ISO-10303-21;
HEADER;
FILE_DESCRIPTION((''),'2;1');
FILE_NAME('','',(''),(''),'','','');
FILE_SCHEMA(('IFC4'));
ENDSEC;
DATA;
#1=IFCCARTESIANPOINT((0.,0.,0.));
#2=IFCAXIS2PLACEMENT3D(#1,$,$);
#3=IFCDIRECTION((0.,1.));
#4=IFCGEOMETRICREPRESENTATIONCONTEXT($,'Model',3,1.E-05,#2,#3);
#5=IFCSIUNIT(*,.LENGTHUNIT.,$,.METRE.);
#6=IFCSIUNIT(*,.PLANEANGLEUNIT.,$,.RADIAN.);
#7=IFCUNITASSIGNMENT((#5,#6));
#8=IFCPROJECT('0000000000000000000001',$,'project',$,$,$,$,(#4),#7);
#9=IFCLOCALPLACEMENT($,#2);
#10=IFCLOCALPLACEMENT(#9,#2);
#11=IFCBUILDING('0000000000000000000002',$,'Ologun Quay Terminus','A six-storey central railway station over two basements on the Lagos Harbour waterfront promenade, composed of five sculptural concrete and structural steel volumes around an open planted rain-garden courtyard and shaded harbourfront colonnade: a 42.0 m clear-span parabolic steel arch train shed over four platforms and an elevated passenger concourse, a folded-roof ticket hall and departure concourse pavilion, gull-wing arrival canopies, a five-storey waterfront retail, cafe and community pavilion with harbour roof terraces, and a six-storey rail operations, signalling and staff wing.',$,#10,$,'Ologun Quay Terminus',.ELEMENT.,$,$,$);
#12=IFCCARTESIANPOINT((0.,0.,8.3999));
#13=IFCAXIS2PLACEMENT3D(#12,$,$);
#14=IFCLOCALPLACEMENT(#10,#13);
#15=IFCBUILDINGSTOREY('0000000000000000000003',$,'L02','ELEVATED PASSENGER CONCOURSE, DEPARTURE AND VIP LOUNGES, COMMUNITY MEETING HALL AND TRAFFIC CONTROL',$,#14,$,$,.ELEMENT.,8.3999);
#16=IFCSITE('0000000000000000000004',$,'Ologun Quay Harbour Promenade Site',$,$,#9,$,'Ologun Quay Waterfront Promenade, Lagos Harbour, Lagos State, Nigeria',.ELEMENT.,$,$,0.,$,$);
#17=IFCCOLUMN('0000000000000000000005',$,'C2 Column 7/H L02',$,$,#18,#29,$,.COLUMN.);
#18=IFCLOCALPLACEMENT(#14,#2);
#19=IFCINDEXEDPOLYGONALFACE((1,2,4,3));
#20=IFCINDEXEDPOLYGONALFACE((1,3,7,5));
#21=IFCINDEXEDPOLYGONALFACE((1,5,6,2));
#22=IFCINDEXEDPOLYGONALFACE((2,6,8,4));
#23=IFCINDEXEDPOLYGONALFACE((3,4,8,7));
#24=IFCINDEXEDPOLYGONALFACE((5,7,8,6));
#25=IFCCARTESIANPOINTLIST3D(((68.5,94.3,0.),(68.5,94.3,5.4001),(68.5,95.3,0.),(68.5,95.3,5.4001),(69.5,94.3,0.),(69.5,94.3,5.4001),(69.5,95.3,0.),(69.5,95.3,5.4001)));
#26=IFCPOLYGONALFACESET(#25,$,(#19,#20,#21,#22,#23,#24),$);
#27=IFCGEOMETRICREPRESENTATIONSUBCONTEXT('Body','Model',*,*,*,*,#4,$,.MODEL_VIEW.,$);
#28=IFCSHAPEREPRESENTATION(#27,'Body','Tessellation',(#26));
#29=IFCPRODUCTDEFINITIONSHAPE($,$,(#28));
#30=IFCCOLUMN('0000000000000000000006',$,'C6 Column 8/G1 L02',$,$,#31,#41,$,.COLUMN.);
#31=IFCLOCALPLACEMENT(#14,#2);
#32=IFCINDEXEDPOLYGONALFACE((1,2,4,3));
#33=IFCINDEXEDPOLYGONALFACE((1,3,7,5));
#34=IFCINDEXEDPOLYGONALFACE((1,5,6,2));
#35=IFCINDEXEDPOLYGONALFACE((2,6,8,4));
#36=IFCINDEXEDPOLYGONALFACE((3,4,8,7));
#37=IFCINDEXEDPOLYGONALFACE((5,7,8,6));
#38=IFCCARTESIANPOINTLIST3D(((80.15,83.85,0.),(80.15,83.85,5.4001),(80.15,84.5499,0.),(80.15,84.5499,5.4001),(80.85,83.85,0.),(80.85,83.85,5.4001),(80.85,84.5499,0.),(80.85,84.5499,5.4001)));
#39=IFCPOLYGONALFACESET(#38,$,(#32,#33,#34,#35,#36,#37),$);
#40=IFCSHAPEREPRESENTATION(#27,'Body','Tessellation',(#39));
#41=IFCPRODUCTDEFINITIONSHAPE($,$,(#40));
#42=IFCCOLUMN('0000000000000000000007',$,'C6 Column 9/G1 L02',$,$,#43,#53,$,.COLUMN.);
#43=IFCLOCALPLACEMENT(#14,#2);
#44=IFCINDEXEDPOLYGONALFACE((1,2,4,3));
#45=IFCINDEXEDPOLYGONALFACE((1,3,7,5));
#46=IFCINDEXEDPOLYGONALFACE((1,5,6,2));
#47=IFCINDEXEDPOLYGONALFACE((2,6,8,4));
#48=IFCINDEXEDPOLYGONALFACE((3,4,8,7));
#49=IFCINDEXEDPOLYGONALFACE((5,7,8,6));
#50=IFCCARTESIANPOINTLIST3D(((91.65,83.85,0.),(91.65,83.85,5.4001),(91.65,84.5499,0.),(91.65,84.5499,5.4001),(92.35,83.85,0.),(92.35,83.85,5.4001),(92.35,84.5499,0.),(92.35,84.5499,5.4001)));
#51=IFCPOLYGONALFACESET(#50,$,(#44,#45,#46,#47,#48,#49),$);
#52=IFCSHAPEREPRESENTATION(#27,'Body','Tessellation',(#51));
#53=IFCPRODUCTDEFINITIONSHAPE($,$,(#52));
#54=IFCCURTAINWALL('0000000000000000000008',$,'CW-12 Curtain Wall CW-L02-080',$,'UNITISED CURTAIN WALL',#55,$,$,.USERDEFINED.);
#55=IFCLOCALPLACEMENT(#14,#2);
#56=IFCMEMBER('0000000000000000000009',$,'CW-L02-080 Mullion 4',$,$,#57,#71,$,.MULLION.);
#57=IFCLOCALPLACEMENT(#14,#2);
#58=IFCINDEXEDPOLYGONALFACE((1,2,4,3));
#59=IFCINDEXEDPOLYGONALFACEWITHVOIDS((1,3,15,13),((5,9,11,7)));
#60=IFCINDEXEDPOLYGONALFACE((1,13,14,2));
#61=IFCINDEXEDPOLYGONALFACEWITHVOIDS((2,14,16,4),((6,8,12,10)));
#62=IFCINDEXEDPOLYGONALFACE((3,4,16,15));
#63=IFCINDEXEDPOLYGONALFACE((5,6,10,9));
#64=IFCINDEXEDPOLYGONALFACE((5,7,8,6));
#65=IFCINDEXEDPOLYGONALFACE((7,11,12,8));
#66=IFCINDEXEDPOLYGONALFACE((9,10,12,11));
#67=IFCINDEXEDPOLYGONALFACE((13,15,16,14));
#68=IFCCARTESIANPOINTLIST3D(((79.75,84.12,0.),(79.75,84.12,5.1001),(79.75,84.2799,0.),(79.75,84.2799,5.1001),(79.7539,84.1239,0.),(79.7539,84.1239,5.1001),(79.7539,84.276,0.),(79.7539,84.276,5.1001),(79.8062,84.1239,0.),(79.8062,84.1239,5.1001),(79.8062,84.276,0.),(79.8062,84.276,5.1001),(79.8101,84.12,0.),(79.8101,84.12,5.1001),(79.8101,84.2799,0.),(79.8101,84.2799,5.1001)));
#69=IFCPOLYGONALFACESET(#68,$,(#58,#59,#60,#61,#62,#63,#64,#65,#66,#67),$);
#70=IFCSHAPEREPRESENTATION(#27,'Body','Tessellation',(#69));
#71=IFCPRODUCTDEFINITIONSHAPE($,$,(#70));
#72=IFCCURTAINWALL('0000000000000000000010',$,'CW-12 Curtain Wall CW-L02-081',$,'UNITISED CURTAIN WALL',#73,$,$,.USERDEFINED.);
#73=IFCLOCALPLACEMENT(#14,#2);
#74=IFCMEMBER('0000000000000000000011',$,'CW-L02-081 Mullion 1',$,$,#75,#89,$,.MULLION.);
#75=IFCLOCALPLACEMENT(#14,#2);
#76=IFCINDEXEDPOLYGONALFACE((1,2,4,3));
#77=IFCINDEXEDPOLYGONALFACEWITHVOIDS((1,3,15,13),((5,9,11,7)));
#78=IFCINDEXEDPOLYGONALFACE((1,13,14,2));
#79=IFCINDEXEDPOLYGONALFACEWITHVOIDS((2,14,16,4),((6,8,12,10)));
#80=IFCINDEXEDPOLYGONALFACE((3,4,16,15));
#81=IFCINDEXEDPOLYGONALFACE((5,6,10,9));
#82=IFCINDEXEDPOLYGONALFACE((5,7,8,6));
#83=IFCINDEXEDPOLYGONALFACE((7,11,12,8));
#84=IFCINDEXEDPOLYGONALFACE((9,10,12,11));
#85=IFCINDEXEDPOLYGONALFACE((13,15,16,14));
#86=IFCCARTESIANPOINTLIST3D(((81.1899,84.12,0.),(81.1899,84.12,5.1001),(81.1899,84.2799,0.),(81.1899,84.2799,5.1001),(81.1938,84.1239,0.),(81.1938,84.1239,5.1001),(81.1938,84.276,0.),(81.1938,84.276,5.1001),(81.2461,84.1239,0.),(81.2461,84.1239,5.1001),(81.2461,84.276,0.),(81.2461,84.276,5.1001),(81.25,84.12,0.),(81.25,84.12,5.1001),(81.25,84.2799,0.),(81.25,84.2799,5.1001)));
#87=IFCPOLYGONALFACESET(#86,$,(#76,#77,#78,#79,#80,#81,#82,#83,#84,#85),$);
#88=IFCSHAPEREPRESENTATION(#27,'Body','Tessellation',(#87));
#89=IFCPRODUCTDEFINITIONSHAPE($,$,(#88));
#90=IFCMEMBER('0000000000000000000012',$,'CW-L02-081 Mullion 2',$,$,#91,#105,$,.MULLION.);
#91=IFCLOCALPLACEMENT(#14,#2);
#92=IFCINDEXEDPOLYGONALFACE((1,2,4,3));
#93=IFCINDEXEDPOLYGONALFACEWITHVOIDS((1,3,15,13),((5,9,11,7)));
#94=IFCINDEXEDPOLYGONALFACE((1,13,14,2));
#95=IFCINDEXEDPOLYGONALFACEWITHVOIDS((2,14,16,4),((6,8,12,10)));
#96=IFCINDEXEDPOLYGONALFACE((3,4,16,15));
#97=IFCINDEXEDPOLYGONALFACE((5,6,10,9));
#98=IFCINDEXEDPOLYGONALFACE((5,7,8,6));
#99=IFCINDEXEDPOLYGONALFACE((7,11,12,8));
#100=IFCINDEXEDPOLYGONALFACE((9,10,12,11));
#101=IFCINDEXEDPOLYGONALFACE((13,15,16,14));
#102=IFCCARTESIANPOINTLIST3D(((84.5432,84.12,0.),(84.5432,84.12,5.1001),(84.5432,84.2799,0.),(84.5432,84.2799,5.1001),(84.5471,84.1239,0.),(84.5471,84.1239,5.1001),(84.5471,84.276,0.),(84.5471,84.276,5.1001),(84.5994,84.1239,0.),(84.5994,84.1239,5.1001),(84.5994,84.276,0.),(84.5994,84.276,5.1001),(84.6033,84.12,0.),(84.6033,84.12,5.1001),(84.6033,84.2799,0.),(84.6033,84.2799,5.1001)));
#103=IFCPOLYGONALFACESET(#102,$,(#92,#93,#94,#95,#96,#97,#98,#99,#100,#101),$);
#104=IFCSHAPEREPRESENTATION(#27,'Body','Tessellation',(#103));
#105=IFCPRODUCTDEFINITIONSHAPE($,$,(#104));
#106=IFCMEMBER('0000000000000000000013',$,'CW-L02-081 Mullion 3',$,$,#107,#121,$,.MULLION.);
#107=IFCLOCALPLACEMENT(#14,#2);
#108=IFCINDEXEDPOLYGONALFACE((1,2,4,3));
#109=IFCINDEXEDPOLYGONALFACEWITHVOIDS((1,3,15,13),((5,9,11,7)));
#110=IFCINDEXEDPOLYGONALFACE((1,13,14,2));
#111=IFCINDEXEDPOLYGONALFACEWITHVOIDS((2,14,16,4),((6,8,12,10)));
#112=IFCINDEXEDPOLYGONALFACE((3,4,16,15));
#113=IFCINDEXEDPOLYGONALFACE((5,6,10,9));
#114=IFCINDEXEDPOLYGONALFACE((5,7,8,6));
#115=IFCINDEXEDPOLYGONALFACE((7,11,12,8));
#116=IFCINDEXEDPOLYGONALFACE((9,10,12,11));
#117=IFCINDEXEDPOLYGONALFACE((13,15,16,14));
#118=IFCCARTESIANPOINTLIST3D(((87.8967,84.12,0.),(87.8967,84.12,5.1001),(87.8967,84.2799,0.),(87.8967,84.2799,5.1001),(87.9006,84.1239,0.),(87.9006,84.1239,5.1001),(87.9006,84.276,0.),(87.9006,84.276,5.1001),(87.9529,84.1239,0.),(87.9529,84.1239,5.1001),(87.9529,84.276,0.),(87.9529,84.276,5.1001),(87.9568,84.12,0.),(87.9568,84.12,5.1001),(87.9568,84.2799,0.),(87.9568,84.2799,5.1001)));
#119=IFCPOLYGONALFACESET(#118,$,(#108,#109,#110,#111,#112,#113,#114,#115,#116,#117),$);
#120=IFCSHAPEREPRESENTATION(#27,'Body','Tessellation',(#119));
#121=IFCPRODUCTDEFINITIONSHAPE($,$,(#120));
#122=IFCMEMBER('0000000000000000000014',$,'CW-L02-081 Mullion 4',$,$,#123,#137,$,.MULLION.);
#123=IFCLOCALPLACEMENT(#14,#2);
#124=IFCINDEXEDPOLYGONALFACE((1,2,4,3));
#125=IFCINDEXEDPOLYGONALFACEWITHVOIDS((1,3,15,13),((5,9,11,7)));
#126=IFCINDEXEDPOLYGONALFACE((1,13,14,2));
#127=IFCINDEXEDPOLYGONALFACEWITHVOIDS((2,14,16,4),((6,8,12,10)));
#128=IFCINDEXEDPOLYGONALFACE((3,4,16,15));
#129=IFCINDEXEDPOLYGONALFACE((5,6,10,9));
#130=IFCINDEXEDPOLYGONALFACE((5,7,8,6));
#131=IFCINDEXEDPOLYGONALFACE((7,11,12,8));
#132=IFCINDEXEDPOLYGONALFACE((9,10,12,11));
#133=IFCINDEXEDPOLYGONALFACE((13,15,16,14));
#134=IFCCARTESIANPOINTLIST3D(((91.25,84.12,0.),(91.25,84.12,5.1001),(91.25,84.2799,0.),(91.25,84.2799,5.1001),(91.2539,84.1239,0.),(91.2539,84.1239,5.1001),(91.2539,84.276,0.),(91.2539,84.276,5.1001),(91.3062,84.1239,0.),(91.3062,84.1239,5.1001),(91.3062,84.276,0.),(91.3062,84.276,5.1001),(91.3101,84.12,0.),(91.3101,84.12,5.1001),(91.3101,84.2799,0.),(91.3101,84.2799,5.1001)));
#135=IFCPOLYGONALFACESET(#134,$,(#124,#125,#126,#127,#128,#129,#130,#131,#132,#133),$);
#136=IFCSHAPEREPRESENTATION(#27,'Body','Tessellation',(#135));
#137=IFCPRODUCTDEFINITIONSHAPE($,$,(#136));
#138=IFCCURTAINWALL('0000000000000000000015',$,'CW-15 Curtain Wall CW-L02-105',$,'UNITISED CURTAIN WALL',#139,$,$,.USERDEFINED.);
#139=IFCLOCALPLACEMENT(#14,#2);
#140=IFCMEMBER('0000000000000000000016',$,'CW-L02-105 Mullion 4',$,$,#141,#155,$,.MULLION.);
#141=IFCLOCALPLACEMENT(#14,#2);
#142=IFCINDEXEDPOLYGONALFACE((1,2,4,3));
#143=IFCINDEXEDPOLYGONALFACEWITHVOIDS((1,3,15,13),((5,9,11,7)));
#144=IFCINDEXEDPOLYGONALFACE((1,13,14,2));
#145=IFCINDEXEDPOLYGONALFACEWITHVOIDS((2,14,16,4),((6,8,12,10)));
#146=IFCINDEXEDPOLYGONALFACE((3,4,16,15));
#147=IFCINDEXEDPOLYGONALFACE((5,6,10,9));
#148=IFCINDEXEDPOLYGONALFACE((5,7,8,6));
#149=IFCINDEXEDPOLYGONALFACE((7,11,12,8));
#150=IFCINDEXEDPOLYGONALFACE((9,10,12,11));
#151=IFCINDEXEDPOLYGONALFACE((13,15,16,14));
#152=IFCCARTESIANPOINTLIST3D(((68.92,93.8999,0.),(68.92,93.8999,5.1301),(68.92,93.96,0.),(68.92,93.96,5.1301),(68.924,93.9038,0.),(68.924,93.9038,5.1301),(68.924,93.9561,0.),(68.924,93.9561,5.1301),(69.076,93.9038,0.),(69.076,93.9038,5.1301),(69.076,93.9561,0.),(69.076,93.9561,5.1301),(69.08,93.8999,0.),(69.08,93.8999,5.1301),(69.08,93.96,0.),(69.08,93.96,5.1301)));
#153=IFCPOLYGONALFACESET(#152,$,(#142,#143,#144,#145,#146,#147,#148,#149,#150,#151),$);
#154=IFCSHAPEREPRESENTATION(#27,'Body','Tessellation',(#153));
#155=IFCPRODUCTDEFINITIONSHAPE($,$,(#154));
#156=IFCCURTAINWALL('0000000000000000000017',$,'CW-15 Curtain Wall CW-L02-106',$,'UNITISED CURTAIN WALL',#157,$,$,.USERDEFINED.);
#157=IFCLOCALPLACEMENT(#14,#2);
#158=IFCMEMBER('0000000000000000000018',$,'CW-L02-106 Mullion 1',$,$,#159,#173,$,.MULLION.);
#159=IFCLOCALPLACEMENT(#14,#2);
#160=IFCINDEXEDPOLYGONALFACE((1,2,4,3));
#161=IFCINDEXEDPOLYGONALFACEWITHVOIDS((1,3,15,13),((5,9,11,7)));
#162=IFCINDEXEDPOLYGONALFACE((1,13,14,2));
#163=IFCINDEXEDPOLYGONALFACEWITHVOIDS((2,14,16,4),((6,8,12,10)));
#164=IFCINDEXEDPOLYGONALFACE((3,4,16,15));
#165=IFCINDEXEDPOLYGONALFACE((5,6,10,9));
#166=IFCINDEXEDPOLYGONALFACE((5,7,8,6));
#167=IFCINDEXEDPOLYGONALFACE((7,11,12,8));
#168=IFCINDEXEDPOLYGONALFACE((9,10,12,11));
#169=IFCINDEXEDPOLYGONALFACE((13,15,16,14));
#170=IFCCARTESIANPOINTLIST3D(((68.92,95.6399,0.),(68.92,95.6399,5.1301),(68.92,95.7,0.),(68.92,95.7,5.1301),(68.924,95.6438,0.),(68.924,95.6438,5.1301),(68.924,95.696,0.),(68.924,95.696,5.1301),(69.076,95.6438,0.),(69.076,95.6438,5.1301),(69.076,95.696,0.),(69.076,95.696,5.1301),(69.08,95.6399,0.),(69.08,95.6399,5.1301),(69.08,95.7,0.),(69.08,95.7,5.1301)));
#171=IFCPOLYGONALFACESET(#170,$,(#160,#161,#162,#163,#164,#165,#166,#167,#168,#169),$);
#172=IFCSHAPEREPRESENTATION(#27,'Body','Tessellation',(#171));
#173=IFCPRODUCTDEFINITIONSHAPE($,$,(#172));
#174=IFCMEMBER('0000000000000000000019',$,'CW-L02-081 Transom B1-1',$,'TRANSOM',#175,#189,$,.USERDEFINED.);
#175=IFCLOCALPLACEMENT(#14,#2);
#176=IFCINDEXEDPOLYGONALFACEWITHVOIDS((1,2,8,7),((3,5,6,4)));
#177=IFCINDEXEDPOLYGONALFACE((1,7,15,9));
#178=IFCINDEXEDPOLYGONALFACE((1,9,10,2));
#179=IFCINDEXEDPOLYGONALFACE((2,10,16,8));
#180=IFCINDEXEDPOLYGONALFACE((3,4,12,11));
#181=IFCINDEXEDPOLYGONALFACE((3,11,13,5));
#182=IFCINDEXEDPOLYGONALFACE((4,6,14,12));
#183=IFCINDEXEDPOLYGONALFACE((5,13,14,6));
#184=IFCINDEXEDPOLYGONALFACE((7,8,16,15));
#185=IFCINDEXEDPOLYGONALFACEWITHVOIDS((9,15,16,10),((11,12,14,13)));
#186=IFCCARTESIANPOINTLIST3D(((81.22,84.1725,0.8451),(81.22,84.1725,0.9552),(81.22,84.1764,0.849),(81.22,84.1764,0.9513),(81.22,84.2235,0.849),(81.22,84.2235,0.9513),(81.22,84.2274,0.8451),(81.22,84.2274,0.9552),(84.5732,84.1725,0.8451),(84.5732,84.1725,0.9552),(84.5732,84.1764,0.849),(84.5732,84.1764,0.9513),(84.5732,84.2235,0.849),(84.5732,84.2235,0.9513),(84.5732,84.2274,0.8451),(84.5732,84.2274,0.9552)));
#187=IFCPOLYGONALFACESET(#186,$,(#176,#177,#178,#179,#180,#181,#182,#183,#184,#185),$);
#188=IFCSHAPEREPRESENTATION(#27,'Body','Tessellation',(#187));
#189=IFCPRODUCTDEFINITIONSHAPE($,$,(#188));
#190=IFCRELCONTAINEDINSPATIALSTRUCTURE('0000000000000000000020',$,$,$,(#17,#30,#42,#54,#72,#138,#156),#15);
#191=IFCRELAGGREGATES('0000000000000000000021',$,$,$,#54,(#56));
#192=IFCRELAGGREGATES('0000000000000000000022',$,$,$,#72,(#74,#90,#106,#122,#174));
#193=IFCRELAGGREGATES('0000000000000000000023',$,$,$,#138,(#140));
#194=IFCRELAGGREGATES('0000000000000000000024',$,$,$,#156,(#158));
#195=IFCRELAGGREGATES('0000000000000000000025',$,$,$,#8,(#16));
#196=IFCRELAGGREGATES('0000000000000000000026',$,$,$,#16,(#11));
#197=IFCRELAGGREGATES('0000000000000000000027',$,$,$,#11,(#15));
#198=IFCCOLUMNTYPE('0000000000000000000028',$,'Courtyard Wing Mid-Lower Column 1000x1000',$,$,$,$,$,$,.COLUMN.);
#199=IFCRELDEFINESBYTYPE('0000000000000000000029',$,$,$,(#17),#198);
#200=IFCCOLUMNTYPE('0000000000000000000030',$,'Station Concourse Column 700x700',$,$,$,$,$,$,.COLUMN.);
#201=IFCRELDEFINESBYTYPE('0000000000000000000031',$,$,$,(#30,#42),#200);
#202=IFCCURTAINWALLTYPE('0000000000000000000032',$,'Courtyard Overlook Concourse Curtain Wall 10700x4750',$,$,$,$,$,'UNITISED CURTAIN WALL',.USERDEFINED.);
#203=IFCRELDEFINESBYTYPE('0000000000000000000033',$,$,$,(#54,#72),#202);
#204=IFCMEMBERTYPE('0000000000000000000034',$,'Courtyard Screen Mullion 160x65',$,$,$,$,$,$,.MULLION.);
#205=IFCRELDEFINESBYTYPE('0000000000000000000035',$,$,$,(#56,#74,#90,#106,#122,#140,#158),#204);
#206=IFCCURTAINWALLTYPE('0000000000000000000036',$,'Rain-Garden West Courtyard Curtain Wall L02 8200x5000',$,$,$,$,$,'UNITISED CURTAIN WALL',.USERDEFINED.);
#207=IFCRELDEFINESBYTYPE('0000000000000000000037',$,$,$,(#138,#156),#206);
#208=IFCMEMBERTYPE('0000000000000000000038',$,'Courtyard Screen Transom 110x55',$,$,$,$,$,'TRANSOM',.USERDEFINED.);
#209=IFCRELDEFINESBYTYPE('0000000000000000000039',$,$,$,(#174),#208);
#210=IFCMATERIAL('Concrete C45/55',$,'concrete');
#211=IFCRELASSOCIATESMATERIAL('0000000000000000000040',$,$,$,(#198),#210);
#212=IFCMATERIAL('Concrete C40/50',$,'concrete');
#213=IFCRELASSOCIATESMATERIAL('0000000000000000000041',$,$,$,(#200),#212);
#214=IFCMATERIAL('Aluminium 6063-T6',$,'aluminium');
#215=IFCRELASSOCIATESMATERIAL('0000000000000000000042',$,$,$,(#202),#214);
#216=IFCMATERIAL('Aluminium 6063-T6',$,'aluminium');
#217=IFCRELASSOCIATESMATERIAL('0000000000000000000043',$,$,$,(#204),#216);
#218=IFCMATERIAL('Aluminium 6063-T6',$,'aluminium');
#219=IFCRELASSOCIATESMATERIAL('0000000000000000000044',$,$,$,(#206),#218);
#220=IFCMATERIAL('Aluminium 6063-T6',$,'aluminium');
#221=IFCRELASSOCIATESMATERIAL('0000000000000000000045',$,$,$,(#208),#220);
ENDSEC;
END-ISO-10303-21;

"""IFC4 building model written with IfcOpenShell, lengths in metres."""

from ifc_helpers import new_model, si_unit, direction, frame, origin, origin_2d, place, context, subcontext, project, spatial, rectangle, hollow_rectangle, extrude, material, material_profile, profile_set, type_object, element, aggregate, save


model = new_model("IFC4")

# Units and contexts
model_context = context("Model", 3, precision=1e-05, world=origin(), true_north=direction((0.0, 1.0)))
body_context = subcontext(model_context, "Body", "Model", "MODEL_VIEW")
ifc_project = project(units=[si_unit("LENGTHUNIT", "METRE"), si_unit("PLANEANGLEUNIT", "RADIAN")], contexts=[model_context])

# Site, building, storey
site_placement = place(None, origin())
site = spatial("IfcSite", under=ifc_project, at=site_placement, Name="Ologun Quay Harbour Promenade Site", LongName="Ologun Quay Waterfront Promenade, Lagos Harbour, Lagos State, Nigeria", CompositionType="ELEMENT", RefElevation=0.0)
building_placement = place(site_placement, origin())
building = spatial("IfcBuilding", under=site, at=building_placement, Name="Ologun Quay Terminus", Description="A six-storey central railway station over two basements on the Lagos Harbour waterfront promenade, composed of five sculptural concrete and structural steel volumes around an open planted rain-garden courtyard and shaded harbourfront colonnade: a 42.0 m clear-span parabolic steel arch train shed over four platforms and an elevated passenger concourse, a folded-roof ticket hall and departure concourse pavilion, gull-wing arrival canopies, a five-storey waterfront retail, cafe and community pavilion with harbour roof terraces, and a six-storey rail operations, signalling and staff wing.", LongName="Ologun Quay Terminus", CompositionType="ELEMENT")
storey_placement = place(building_placement, frame((0.0, 0.0, 8.3999)))
storey = spatial("IfcBuildingStorey", under=building, at=storey_placement, Name="L02", Description="ELEVATED PASSENGER CONCOURSE, DEPARTURE AND VIP LOUNGES, COMMUNITY MEETING HALL AND TRAFFIC CONTROL", CompositionType="ELEMENT", Elevation=8.3999)

# Columns
ifc_material_1 = material(Name="Concrete C45/55", Category="concrete")
ifc_material_profile_1 = material_profile(ifc_material_1, rectangle(XDim=1.0, YDim=1.0, at=origin_2d()), Name="RC 1000x1000")
ifc_profile_set_1 = profile_set([ifc_material_profile_1], Name="Concrete C45/55")
column_type_1 = type_object("IfcColumnType", Name="Courtyard Wing Mid-Lower Column 1000x1000", PredefinedType="COLUMN", material=ifc_profile_set_1)
column_placement = place(storey_placement, frame((69.0, 94.8, 0.0), z_axis=(0.0, 0.0, 1.0), x_axis=(1.0, 0.0, 0.0)))
element("IfcColumn", 1, at=column_placement, inside=storey, type_object=column_type_1, Name="C2 Column 7/H L02", PredefinedType="COLUMN", context=body_context, shape_type="SweptSolid", body=[
    extrude(rectangle(XDim=1.0, YDim=1.0, at=origin_2d()), origin(), (0.0, 0.0, 1.0), 5.4001),
])
ifc_material_2 = material(Name="Concrete C40/50", Category="concrete")
ifc_material_profile_2 = material_profile(ifc_material_2, rectangle(XDim=0.7, YDim=0.7, at=origin_2d()), Name="RC 700x700")
ifc_profile_set_2 = profile_set([ifc_material_profile_2], Name="Concrete C40/50")
column_type_2 = type_object("IfcColumnType", Name="Station Concourse Column 700x700", PredefinedType="COLUMN", material=ifc_profile_set_2)
for number, where, z_axis, x_axis, name in (
    (2, (80.5, 84.2, 0.0), (0.0, 0.0, 1.0), (1.0, 0.0, 0.0), "C6 Column 8/G1 L02"),
    (3, (92.0, 84.2, 0.0), (0.0, 0.0, 1.0), (1.0, 0.0, 0.0), "C6 Column 9/G1 L02"),
):
    element("IfcColumn", number, at=place(storey_placement, frame(where, z_axis=z_axis, x_axis=x_axis)), inside=storey, type_object=column_type_2, Name=name, PredefinedType="COLUMN", context=body_context, shape_type="SweptSolid", body=[
        extrude(rectangle(XDim=0.7, YDim=0.7, at=origin_2d()), origin(), (0.0, 0.0, 1.0), 5.4001),
    ])

# Curtain wall, member
ifc_material_3 = material(Name="Aluminium 6063-T6", Category="aluminium")
curtain_wall_type_1 = type_object("IfcCurtainWallType", Name="Courtyard Overlook Concourse Curtain Wall 10700x4750", ElementType="UNITISED CURTAIN WALL", PredefinedType="USERDEFINED", material=ifc_material_3)
curtain_wall_1_placement = place(storey_placement, origin())
curtain_wall_1 = element("IfcCurtainWall", 4, at=curtain_wall_1_placement, inside=storey, type_object=curtain_wall_type_1, Name="CW-12 Curtain Wall CW-L02-080", ObjectType="UNITISED CURTAIN WALL", PredefinedType="USERDEFINED")
ifc_material_4 = material(Name="Aluminium 6063-T6", Category="aluminium")
ifc_material_profile_3 = material_profile(ifc_material_4, hollow_rectangle(XDim=0.0601, YDim=0.1599, WallThickness=0.0039, at=origin_2d()), Name="ALU 160x60x4")
ifc_profile_set_3 = profile_set([ifc_material_profile_3], Name="Aluminium 6063-T6")
member_type_1 = type_object("IfcMemberType", Name="Courtyard Screen Mullion 160x65", PredefinedType="MULLION", material=ifc_profile_set_3)
member_1_placement = place(storey_placement, frame((79.78, 84.2, 0.0), z_axis=(0.0, 0.0, 1.0), x_axis=(1.0, 0.0, 0.0)))
member_1 = element("IfcMember", 5, at=member_1_placement, type_object=member_type_1, Name="CW-L02-080 Mullion 4", PredefinedType="MULLION", context=body_context, shape_type="SweptSolid", body=[
    extrude(hollow_rectangle(XDim=0.0601, YDim=0.1599, WallThickness=0.0039, at=origin_2d()), origin(), (0.0, 0.0, 1.0), 5.1001),
])
aggregate(curtain_wall_1, [member_1])

# Curtain wall, members
curtain_wall_2_placement = place(storey_placement, origin())
curtain_wall_2 = element("IfcCurtainWall", 6, at=curtain_wall_2_placement, inside=storey, type_object=curtain_wall_type_1, Name="CW-12 Curtain Wall CW-L02-081", ObjectType="UNITISED CURTAIN WALL", PredefinedType="USERDEFINED")
member_2_placement = place(storey_placement, frame((81.22, 84.2, 0.0), z_axis=(0.0, 0.0, 1.0), x_axis=(1.0, 0.0, 0.0)))
member_2 = element("IfcMember", 7, at=member_2_placement, type_object=member_type_1, Name="CW-L02-081 Mullion 1", PredefinedType="MULLION", context=body_context, shape_type="SweptSolid", body=[
    extrude(hollow_rectangle(XDim=0.0601, YDim=0.1599, WallThickness=0.0039, at=origin_2d()), origin(), (0.0, 0.0, 1.0), 5.1001),
])
member_3_placement = place(storey_placement, frame((84.5732, 84.2, 0.0), z_axis=(0.0, 0.0, 1.0), x_axis=(1.0, 0.0, 0.0)))
member_3 = element("IfcMember", 8, at=member_3_placement, type_object=member_type_1, Name="CW-L02-081 Mullion 2", PredefinedType="MULLION", context=body_context, shape_type="SweptSolid", body=[
    extrude(hollow_rectangle(XDim=0.0601, YDim=0.1599, WallThickness=0.0039, at=origin_2d()), origin(), (0.0, 0.0, 1.0), 5.1001),
])
member_4_placement = place(storey_placement, frame((87.9268, 84.2, 0.0), z_axis=(0.0, 0.0, 1.0), x_axis=(1.0, 0.0, 0.0)))
member_4 = element("IfcMember", 9, at=member_4_placement, type_object=member_type_1, Name="CW-L02-081 Mullion 3", PredefinedType="MULLION", context=body_context, shape_type="SweptSolid", body=[
    extrude(hollow_rectangle(XDim=0.0601, YDim=0.1599, WallThickness=0.0039, at=origin_2d()), origin(), (0.0, 0.0, 1.0), 5.1001),
])
member_5_placement = place(storey_placement, frame((91.28, 84.2, 0.0), z_axis=(0.0, 0.0, 1.0), x_axis=(1.0, 0.0, 0.0)))
member_5 = element("IfcMember", 10, at=member_5_placement, type_object=member_type_1, Name="CW-L02-081 Mullion 4", PredefinedType="MULLION", context=body_context, shape_type="SweptSolid", body=[
    extrude(hollow_rectangle(XDim=0.0601, YDim=0.1599, WallThickness=0.0039, at=origin_2d()), origin(), (0.0, 0.0, 1.0), 5.1001),
])

# Curtain walls, members
ifc_material_5 = material(Name="Aluminium 6063-T6", Category="aluminium")
curtain_wall_type_2 = type_object("IfcCurtainWallType", Name="Rain-Garden West Courtyard Curtain Wall L02 8200x5000", ElementType="UNITISED CURTAIN WALL", PredefinedType="USERDEFINED", material=ifc_material_5)
curtain_wall_3_placement = place(storey_placement, origin())
curtain_wall_3 = element("IfcCurtainWall", 11, at=curtain_wall_3_placement, inside=storey, type_object=curtain_wall_type_2, Name="CW-15 Curtain Wall CW-L02-105", ObjectType="UNITISED CURTAIN WALL", PredefinedType="USERDEFINED")
member_6_placement = place(storey_placement, frame((69.0, 93.9299, 0.0), z_axis=(0.0, 0.0, 1.0), x_axis=(0.0, 1.0, 0.0)))
member_6 = element("IfcMember", 12, at=member_6_placement, type_object=member_type_1, Name="CW-L02-105 Mullion 4", PredefinedType="MULLION", context=body_context, shape_type="SweptSolid", body=[
    extrude(hollow_rectangle(XDim=0.0601, YDim=0.1599, WallThickness=0.0039, at=origin_2d()), origin(), (0.0, 0.0, 1.0), 5.1301),
])
curtain_wall_4_placement = place(storey_placement, origin())
curtain_wall_4 = element("IfcCurtainWall", 13, at=curtain_wall_4_placement, inside=storey, type_object=curtain_wall_type_2, Name="CW-15 Curtain Wall CW-L02-106", ObjectType="UNITISED CURTAIN WALL", PredefinedType="USERDEFINED")
member_7_placement = place(storey_placement, frame((69.0, 95.6699, 0.0), z_axis=(0.0, 0.0, 1.0), x_axis=(0.0, 1.0, 0.0)))
member_7 = element("IfcMember", 14, at=member_7_placement, type_object=member_type_1, Name="CW-L02-106 Mullion 1", PredefinedType="MULLION", context=body_context, shape_type="SweptSolid", body=[
    extrude(hollow_rectangle(XDim=0.0601, YDim=0.1599, WallThickness=0.0039, at=origin_2d()), origin(), (0.0, 0.0, 1.0), 5.1301),
])

# Member
ifc_material_6 = material(Name="Aluminium 6063-T6", Category="aluminium")
ifc_material_profile_4 = material_profile(ifc_material_6, hollow_rectangle(XDim=0.0549, YDim=0.1101, WallThickness=0.0039, at=origin_2d()), Name="ALU 110x55x4")
ifc_profile_set_4 = profile_set([ifc_material_profile_4], Name="Aluminium 6063-T6")
member_type_2 = type_object("IfcMemberType", Name="Courtyard Screen Transom 110x55", ElementType="TRANSOM", PredefinedType="USERDEFINED", material=ifc_profile_set_4)
member_8_placement = place(storey_placement, frame((81.22, 84.2, 0.9001), z_axis=(1.0, 0.0, 0.0), x_axis=(0.0, 1.0, 0.0)))
member_8 = element("IfcMember", 15, at=member_8_placement, type_object=member_type_2, Name="CW-L02-081 Transom B1-1", ObjectType="TRANSOM", PredefinedType="USERDEFINED", context=body_context, shape_type="SweptSolid", body=[
    extrude(hollow_rectangle(XDim=0.0549, YDim=0.1101, WallThickness=0.0039, at=origin_2d()), origin(), (0.0, 0.0, 1.0), 3.3533),
])

aggregate(curtain_wall_2, [member_2, member_3, member_4, member_5, member_8])
aggregate(curtain_wall_3, [member_6])
aggregate(curtain_wall_4, [member_7])

save(model, "model.ifc")
